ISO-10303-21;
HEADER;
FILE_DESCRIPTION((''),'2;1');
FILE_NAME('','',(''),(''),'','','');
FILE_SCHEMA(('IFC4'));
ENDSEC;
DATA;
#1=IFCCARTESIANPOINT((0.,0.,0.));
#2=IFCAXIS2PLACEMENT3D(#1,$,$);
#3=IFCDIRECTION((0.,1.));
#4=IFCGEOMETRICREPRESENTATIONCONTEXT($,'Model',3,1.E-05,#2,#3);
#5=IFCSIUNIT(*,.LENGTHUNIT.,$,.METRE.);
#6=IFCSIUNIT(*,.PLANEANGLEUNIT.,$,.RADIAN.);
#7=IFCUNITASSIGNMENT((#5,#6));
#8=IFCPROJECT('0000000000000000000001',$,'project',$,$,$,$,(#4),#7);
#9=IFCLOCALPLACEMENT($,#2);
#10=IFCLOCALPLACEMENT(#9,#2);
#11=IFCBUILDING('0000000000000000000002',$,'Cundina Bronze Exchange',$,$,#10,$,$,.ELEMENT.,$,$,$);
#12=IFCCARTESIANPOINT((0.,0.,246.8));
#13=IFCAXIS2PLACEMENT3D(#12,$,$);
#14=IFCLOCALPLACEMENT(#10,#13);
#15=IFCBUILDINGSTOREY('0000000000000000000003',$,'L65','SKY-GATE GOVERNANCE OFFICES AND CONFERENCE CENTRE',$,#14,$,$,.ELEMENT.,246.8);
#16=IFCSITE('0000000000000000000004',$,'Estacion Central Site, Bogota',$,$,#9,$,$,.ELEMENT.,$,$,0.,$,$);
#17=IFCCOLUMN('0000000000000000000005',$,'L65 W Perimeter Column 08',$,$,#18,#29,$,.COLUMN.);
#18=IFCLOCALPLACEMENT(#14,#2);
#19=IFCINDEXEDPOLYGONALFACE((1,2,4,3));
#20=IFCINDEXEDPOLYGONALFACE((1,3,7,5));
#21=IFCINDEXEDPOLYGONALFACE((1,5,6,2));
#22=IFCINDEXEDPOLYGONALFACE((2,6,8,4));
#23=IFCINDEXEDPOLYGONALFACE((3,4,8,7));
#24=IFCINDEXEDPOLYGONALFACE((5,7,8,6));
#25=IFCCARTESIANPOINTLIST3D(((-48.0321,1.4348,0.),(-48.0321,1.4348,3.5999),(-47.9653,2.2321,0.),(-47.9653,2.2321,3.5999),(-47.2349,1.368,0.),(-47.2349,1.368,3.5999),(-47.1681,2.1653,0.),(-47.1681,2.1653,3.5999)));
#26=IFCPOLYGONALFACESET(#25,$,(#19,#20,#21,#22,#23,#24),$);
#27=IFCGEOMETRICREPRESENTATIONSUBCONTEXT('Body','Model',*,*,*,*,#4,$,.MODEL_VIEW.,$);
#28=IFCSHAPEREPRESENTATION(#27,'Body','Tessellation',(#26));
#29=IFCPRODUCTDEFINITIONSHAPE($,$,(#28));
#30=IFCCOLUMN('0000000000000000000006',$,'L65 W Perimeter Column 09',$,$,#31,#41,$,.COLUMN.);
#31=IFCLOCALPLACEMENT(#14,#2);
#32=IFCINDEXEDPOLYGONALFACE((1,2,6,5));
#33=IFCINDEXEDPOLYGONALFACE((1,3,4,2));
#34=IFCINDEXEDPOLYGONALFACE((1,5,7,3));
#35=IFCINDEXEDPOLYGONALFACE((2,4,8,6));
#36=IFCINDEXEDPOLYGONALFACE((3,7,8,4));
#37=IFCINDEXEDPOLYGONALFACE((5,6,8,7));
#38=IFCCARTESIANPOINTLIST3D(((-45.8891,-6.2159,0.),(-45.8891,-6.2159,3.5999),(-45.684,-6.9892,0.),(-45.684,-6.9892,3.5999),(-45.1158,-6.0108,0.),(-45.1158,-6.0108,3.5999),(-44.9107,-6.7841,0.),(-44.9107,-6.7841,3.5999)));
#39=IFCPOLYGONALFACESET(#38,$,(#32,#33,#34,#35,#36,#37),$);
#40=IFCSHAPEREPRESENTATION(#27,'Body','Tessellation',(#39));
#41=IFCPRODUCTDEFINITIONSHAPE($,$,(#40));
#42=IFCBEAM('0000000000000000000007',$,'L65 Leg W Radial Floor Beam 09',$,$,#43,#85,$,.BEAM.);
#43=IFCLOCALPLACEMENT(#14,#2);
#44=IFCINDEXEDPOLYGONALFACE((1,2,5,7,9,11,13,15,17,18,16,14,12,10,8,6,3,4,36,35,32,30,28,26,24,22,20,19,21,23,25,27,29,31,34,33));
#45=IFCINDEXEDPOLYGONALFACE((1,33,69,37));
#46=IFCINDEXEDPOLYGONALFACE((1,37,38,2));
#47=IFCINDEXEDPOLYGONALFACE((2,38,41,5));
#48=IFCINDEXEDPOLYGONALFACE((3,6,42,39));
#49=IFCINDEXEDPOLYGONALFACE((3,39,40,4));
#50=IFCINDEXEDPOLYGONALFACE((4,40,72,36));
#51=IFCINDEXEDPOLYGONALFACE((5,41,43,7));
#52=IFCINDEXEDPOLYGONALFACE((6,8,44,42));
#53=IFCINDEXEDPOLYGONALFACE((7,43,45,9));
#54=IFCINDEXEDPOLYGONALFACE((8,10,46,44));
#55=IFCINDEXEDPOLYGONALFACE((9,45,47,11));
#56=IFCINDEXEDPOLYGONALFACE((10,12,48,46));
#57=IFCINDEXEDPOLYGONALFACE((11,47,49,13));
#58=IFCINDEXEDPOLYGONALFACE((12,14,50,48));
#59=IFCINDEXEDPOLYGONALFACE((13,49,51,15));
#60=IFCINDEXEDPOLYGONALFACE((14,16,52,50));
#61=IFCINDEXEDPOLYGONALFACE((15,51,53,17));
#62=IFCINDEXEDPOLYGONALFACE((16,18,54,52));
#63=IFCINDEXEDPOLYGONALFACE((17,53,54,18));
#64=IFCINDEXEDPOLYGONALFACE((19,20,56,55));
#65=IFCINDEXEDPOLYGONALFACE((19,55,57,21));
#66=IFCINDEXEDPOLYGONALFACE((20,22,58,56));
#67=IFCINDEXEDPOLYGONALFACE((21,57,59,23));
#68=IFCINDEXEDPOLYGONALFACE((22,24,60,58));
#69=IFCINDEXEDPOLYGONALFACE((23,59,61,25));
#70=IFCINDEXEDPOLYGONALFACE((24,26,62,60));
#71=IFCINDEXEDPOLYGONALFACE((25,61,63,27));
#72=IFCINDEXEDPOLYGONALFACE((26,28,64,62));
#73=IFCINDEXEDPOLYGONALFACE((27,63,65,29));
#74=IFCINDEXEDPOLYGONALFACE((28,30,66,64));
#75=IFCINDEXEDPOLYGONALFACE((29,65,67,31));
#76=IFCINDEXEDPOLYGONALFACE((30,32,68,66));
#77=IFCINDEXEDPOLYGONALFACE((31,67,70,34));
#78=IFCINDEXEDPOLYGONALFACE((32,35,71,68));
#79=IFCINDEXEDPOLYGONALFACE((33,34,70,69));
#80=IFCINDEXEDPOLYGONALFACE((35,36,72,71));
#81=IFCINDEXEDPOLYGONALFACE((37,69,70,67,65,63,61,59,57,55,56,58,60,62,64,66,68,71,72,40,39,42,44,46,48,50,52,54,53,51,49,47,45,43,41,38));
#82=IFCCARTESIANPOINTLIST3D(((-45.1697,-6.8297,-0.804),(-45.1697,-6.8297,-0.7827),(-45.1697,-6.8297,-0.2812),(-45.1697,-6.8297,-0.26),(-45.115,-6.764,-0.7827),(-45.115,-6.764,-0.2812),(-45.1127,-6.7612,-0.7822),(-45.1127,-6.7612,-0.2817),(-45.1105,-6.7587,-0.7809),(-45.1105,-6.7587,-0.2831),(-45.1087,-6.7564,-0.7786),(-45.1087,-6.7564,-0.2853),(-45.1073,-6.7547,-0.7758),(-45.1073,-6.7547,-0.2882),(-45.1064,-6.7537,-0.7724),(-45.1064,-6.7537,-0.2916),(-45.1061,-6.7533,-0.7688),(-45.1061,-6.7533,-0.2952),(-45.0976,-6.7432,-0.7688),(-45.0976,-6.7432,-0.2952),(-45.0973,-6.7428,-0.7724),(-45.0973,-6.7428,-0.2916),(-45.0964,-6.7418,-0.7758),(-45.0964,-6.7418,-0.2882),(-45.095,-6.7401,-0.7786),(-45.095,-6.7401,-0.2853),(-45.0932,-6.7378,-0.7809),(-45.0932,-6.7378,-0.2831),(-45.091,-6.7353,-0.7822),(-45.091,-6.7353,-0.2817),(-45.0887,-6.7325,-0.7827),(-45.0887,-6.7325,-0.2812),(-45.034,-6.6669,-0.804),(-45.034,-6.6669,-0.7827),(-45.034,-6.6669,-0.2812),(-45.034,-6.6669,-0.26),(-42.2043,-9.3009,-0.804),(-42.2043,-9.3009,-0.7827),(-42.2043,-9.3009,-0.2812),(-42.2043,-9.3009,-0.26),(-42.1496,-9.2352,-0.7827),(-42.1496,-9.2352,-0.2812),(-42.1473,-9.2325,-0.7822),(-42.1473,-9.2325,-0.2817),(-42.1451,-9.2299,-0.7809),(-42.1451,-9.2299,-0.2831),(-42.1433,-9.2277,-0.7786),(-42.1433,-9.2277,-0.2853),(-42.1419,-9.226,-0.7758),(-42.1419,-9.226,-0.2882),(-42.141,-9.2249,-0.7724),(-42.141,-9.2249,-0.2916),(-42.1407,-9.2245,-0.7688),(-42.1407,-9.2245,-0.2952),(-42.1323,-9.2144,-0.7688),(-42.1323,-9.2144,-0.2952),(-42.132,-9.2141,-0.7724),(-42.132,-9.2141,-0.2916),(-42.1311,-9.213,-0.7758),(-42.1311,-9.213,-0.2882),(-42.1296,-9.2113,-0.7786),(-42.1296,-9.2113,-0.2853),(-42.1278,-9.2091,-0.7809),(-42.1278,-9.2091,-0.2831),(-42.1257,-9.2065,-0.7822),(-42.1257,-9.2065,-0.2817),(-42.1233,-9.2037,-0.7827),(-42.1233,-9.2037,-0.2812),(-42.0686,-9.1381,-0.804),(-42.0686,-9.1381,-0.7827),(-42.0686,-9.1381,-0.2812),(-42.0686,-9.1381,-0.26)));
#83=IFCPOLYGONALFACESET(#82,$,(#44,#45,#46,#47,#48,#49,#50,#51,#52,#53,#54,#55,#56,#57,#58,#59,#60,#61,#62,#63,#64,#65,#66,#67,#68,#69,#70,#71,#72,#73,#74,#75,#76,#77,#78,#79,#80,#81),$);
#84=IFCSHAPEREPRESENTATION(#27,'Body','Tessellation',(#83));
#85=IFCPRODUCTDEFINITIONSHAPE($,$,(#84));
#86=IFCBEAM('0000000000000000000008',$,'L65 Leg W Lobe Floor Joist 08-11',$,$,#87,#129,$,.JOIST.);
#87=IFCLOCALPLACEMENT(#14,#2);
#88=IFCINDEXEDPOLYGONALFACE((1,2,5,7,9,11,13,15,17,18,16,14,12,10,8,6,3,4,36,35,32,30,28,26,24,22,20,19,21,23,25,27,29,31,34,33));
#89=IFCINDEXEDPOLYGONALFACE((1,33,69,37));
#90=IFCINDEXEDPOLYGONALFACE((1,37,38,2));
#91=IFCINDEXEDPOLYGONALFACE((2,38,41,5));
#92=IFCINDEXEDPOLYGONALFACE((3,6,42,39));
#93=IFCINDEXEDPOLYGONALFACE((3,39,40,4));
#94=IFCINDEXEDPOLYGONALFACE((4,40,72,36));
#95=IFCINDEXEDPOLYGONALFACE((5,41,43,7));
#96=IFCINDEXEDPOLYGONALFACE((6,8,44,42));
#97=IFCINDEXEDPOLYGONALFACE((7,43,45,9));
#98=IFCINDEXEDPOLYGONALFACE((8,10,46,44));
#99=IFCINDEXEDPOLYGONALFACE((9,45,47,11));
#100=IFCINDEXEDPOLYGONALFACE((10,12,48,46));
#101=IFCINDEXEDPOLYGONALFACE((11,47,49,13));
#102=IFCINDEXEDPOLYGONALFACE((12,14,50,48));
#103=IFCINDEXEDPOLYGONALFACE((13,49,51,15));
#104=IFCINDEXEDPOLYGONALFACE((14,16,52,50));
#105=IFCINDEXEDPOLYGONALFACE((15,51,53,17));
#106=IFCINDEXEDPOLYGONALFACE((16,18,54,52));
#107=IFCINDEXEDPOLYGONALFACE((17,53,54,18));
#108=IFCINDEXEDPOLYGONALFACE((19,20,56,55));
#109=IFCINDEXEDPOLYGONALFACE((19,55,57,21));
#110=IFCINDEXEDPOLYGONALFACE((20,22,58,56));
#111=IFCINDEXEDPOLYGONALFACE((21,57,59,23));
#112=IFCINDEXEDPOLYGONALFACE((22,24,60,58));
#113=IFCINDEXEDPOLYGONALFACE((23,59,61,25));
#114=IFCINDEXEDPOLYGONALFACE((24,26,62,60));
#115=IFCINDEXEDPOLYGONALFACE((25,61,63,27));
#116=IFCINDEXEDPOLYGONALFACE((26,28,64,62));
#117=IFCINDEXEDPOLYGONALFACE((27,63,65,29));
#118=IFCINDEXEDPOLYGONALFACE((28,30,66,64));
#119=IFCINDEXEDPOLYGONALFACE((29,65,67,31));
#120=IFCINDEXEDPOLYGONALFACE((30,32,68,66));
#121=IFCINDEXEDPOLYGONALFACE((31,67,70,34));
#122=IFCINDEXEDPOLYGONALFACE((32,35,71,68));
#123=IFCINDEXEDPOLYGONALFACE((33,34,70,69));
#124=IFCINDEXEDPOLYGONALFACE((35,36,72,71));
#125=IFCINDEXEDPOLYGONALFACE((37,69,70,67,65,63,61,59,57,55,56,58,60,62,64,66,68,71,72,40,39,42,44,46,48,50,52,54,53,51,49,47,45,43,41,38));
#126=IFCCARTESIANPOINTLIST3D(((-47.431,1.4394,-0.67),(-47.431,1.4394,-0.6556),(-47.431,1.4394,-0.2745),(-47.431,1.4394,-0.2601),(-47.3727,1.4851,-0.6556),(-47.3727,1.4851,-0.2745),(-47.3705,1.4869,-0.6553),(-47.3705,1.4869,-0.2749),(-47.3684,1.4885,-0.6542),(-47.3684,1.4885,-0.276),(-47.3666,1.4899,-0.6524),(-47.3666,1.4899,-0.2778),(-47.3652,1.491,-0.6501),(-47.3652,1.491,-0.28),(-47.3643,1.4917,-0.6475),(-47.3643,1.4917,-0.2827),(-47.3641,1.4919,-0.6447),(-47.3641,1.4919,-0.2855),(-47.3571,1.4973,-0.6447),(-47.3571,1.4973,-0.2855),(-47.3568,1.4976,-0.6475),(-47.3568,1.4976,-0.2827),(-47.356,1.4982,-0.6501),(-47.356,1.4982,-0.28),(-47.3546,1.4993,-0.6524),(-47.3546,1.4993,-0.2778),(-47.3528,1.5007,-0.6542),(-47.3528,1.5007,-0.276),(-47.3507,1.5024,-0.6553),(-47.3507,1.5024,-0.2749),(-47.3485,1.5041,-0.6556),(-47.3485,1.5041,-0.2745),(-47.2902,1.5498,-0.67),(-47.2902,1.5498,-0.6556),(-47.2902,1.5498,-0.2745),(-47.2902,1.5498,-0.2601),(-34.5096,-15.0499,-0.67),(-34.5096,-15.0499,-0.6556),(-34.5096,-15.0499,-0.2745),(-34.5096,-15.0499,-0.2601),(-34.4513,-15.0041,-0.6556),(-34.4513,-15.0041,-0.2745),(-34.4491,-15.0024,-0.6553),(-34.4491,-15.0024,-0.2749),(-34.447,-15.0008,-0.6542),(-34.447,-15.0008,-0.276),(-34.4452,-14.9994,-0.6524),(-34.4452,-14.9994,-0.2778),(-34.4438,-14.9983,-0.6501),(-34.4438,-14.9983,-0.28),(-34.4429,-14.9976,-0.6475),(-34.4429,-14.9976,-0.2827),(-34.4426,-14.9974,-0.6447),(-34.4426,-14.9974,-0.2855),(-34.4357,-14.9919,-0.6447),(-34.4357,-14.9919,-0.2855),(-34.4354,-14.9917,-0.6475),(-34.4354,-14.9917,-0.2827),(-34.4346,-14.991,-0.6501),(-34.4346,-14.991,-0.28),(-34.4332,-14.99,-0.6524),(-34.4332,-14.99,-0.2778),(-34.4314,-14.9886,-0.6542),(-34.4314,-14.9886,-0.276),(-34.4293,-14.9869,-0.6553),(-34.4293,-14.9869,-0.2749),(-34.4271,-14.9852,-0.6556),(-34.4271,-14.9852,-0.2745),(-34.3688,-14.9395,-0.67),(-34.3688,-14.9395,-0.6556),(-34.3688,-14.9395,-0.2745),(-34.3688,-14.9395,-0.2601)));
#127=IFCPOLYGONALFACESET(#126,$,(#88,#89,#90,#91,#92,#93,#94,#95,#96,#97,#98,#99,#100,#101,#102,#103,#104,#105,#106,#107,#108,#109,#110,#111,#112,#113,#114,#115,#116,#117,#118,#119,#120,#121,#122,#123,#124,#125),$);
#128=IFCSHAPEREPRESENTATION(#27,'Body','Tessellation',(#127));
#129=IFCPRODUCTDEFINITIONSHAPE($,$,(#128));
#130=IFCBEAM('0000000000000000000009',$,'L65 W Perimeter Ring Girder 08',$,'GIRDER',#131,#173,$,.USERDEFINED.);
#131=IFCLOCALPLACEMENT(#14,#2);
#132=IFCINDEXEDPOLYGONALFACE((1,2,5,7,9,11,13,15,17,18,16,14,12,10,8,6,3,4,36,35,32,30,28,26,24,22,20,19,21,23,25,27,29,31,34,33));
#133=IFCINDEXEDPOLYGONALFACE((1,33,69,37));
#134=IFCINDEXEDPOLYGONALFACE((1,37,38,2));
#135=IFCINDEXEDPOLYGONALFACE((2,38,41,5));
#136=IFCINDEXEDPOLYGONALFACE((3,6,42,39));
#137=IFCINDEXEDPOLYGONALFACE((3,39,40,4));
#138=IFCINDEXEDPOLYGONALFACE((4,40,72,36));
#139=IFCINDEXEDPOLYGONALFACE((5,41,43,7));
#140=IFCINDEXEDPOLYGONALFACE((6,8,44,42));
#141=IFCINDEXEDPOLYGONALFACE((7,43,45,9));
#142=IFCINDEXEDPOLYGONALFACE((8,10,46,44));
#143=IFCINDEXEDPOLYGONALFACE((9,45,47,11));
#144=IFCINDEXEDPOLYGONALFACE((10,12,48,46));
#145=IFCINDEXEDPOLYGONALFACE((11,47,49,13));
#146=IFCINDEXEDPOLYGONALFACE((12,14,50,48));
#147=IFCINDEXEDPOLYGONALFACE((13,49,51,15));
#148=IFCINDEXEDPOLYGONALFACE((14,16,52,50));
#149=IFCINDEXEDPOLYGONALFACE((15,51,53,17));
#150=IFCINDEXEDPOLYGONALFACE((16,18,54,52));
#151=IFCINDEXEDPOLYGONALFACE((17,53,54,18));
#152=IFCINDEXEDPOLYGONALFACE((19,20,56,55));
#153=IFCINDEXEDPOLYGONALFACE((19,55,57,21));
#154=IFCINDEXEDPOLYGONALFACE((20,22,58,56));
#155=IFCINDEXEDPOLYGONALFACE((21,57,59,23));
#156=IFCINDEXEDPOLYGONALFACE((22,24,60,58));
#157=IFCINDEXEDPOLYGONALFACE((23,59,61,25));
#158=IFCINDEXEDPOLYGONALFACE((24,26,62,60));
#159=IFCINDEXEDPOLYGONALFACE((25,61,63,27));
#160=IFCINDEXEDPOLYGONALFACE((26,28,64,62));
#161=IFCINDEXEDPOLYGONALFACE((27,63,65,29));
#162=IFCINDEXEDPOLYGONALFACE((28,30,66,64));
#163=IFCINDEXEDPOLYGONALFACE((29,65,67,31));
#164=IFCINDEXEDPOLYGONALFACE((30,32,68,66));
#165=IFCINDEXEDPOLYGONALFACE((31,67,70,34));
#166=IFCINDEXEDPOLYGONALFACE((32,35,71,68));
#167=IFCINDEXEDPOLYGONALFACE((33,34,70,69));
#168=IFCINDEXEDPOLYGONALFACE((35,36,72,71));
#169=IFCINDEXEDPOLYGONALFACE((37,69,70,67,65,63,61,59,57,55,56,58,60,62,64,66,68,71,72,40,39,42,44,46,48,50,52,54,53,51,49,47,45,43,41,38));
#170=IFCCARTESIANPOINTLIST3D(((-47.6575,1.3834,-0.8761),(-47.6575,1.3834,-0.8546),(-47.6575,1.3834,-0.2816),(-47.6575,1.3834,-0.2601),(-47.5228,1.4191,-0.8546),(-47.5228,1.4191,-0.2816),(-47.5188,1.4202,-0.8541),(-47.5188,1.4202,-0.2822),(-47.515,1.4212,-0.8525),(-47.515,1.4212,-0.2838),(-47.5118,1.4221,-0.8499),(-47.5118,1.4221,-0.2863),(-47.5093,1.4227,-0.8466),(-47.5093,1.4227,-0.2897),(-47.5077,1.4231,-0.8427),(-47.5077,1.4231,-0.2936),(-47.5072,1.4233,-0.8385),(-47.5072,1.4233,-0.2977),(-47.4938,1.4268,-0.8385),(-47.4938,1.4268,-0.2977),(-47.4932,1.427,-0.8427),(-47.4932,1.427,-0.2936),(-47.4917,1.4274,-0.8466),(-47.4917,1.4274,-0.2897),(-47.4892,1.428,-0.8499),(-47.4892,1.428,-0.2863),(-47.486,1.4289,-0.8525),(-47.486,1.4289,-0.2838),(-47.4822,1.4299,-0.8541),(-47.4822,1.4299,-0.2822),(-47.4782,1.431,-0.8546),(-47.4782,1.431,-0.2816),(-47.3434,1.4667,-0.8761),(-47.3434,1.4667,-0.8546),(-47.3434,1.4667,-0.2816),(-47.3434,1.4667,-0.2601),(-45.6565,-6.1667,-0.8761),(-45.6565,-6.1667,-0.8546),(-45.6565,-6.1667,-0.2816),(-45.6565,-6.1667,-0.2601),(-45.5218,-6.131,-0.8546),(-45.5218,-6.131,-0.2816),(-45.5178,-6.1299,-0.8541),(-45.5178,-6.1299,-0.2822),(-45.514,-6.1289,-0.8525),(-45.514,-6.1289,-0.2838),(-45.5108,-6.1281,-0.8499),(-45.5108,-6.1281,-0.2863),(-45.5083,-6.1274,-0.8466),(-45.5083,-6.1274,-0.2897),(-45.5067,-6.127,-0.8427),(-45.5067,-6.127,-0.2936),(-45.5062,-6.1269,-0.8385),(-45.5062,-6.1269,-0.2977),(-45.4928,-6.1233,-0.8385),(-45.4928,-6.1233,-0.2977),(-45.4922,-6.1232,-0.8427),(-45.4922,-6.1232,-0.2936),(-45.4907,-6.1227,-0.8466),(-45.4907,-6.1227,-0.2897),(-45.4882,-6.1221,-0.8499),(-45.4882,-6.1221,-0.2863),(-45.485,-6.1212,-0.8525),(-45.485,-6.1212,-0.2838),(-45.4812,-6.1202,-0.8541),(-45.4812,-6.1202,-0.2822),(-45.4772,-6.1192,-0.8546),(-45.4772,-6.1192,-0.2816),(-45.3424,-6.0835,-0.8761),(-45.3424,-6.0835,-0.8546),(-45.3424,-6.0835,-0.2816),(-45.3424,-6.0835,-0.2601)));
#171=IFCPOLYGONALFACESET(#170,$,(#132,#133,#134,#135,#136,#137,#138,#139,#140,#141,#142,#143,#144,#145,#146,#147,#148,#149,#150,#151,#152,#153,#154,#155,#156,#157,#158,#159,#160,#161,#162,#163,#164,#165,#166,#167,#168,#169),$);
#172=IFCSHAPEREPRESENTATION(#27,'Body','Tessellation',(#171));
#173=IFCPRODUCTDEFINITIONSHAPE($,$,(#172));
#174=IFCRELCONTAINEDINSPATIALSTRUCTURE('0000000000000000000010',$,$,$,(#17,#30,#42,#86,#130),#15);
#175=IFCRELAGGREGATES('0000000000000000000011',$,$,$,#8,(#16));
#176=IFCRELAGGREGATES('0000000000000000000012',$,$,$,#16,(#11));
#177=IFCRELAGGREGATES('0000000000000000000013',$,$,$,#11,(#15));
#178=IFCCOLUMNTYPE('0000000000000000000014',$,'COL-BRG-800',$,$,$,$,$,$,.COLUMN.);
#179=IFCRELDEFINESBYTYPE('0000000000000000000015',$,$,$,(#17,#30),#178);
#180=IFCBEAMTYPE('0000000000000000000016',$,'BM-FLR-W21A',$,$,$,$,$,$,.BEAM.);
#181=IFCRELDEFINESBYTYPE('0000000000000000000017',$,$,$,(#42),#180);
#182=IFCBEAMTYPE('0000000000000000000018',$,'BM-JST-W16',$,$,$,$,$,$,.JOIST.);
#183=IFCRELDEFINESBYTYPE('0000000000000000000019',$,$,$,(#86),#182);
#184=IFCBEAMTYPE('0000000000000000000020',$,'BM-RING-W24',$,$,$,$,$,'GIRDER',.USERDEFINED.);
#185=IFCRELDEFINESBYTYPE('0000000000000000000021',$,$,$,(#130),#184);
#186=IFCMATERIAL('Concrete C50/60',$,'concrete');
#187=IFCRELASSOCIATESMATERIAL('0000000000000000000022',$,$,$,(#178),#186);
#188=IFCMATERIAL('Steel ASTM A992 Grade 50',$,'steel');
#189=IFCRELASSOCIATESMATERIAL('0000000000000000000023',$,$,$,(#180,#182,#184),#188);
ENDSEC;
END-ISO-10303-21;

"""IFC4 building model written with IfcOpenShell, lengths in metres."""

from ifc_helpers import new_model, si_unit, direction, frame, origin, origin_2d, place, context, subcontext, project, spatial, rectangle, i_section, extrude, material, material_profile, profile_set, type_object, element, save


model = new_model("IFC4")

# Units and contexts
model_context = context("Model", 3, precision=1e-05, world=origin(), true_north=direction((0.0, 1.0)))
body_context = subcontext(model_context, "Body", "Model", "MODEL_VIEW")
ifc_project = project(units=[si_unit("LENGTHUNIT", "METRE"), si_unit("PLANEANGLEUNIT", "RADIAN")], contexts=[model_context])

# Site, building, storey
site_placement = place(None, origin())
site = spatial("IfcSite", under=ifc_project, at=site_placement, Name="Estacion Central Site, Bogota", CompositionType="ELEMENT", RefElevation=0.0)
building_placement = place(site_placement, origin())
building = spatial("IfcBuilding", under=site, at=building_placement, Name="Cundina Bronze Exchange", CompositionType="ELEMENT")
storey_placement = place(building_placement, frame((0.0, 0.0, 246.8)))
storey = spatial("IfcBuildingStorey", under=building, at=storey_placement, Name="L65", Description="SKY-GATE GOVERNANCE OFFICES AND CONFERENCE CENTRE", CompositionType="ELEMENT", Elevation=246.8)

# Columns
ifc_material_1 = material(Name="Concrete C50/60", Category="concrete")
ifc_material_profile_1 = material_profile(ifc_material_1, rectangle(XDim=0.8, YDim=0.8, at=origin_2d()), Name="RC800X800", Category="concrete")
ifc_profile_set_1 = profile_set([ifc_material_profile_1], Name="Concrete C50/60")
column_type = type_object("IfcColumnType", Name="COL-BRG-800", PredefinedType="COLUMN", material=ifc_profile_set_1)
for number, where, z_axis, x_axis, name in (
    (1, (-47.6001, 1.8, 0.0), (0.0, 0.0, 1.0), (-0.083504, -0.996507, 0.0), "L65 W Perimeter Column 08"),
    (2, (-45.3999, -6.5, 0.0), (0.0, 0.0, 1.0), (0.256289, -0.9666, 0.0), "L65 W Perimeter Column 09"),
):
    element("IfcColumn", number, at=place(storey_placement, frame(where, z_axis=z_axis, x_axis=x_axis)), inside=storey, type_object=column_type, Name=name, PredefinedType="COLUMN", context=body_context, shape_type="SweptSolid", body=[
        extrude(rectangle(XDim=0.8, YDim=0.8, at=origin_2d()), origin(), (0.0, 0.0, 1.0), 3.5999),
    ])

# Beams
ifc_material_2 = material(Name="Steel ASTM A992 Grade 50", Category="steel")
ifc_material_profile_2 = material_profile(ifc_material_2, i_section(OverallWidth=0.2119, OverallDepth=0.5439, WebThickness=0.0132, FlangeThickness=0.0212, FilletRadius=0.0139, at=origin_2d()), Name="W21X83", Category="steel")
ifc_profile_set_2 = profile_set([ifc_material_profile_2], Name="Steel ASTM A992 Grade 50")
beam_type_1 = type_object("IfcBeamType", Name="BM-FLR-W21A", PredefinedType="BEAM", material=ifc_profile_set_2)
beam_1_placement = place(storey_placement, frame((-42.1365, -9.2195, -0.532), z_axis=(-0.768211, 0.640197, 0.0), x_axis=(-0.640197, -0.768211, 0.0)))
element("IfcBeam", 3, at=beam_1_placement, inside=storey, type_object=beam_type_1, Name="L65 Leg W Radial Floor Beam 09", PredefinedType="BEAM", context=body_context, shape_type="SweptSolid", body=[
    extrude(i_section(OverallWidth=0.2119, OverallDepth=0.5439, WebThickness=0.0132, FlangeThickness=0.0212, FilletRadius=0.0139, at=origin_2d()), origin(), (0.0, 0.0, 1.0), 3.8601),
])
ifc_material_profile_3 = material_profile(ifc_material_2, i_section(OverallWidth=0.179, OverallDepth=0.4099, WebThickness=0.0088, FlangeThickness=0.0144, FilletRadius=0.011, at=origin_2d()), Name="W16X45", Category="steel")
ifc_profile_set_3 = profile_set([ifc_material_profile_3], Name="Steel ASTM A992 Grade 50")
beam_type_2 = type_object("IfcBeamType", Name="BM-JST-W16", PredefinedType="JOIST", material=ifc_profile_set_3)
beam_2_placement = place(storey_placement, frame((-47.3606, 1.4946, -0.4651), z_axis=(0.616804, -0.787117, 0.0), x_axis=(0.787117, 0.616804, 0.0)))
element("IfcBeam", 4, at=beam_2_placement, inside=storey, type_object=beam_type_2, Name="L65 Leg W Lobe Floor Joist 08-11", PredefinedType="JOIST", context=body_context, shape_type="SweptSolid", body=[
    extrude(i_section(OverallWidth=0.179, OverallDepth=0.4099, WebThickness=0.0088, FlangeThickness=0.0144, FilletRadius=0.011, at=origin_2d()), origin(), (0.0, 0.0, 1.0), 20.949),
])
ifc_material_profile_4 = material_profile(ifc_material_2, i_section(OverallWidth=0.325, OverallDepth=0.616, WebThickness=0.0139, FlangeThickness=0.0215, FilletRadius=0.0161, at=origin_2d()), Name="W24X117", Category="steel")
ifc_profile_set_4 = profile_set([ifc_material_profile_4], Name="Steel ASTM A992 Grade 50")
beam_type_3 = type_object("IfcBeamType", Name="BM-RING-W24", ElementType="GIRDER", PredefinedType="USERDEFINED", material=ifc_profile_set_4)
for number, where, z_axis, x_axis, name in (
    (5, (-47.5005, 1.425, -0.5681), (0.256184, -0.966628, 0.0), (0.966628, 0.256184, 0.0), "L65 W Perimeter Ring Girder 08"),
):
    element("IfcBeam", number, at=place(storey_placement, frame(where, z_axis=z_axis, x_axis=x_axis)), inside=storey, type_object=beam_type_3, Name=name, ObjectType="GIRDER", PredefinedType="USERDEFINED", context=body_context, shape_type="SweptSolid", body=[
        extrude(i_section(OverallWidth=0.325, OverallDepth=0.616, WebThickness=0.0139, FlangeThickness=0.0215, FilletRadius=0.0161, at=origin_2d()), origin(), (0.0, 0.0, 1.0), 7.8108),
    ])

save(model, "model.ifc")
